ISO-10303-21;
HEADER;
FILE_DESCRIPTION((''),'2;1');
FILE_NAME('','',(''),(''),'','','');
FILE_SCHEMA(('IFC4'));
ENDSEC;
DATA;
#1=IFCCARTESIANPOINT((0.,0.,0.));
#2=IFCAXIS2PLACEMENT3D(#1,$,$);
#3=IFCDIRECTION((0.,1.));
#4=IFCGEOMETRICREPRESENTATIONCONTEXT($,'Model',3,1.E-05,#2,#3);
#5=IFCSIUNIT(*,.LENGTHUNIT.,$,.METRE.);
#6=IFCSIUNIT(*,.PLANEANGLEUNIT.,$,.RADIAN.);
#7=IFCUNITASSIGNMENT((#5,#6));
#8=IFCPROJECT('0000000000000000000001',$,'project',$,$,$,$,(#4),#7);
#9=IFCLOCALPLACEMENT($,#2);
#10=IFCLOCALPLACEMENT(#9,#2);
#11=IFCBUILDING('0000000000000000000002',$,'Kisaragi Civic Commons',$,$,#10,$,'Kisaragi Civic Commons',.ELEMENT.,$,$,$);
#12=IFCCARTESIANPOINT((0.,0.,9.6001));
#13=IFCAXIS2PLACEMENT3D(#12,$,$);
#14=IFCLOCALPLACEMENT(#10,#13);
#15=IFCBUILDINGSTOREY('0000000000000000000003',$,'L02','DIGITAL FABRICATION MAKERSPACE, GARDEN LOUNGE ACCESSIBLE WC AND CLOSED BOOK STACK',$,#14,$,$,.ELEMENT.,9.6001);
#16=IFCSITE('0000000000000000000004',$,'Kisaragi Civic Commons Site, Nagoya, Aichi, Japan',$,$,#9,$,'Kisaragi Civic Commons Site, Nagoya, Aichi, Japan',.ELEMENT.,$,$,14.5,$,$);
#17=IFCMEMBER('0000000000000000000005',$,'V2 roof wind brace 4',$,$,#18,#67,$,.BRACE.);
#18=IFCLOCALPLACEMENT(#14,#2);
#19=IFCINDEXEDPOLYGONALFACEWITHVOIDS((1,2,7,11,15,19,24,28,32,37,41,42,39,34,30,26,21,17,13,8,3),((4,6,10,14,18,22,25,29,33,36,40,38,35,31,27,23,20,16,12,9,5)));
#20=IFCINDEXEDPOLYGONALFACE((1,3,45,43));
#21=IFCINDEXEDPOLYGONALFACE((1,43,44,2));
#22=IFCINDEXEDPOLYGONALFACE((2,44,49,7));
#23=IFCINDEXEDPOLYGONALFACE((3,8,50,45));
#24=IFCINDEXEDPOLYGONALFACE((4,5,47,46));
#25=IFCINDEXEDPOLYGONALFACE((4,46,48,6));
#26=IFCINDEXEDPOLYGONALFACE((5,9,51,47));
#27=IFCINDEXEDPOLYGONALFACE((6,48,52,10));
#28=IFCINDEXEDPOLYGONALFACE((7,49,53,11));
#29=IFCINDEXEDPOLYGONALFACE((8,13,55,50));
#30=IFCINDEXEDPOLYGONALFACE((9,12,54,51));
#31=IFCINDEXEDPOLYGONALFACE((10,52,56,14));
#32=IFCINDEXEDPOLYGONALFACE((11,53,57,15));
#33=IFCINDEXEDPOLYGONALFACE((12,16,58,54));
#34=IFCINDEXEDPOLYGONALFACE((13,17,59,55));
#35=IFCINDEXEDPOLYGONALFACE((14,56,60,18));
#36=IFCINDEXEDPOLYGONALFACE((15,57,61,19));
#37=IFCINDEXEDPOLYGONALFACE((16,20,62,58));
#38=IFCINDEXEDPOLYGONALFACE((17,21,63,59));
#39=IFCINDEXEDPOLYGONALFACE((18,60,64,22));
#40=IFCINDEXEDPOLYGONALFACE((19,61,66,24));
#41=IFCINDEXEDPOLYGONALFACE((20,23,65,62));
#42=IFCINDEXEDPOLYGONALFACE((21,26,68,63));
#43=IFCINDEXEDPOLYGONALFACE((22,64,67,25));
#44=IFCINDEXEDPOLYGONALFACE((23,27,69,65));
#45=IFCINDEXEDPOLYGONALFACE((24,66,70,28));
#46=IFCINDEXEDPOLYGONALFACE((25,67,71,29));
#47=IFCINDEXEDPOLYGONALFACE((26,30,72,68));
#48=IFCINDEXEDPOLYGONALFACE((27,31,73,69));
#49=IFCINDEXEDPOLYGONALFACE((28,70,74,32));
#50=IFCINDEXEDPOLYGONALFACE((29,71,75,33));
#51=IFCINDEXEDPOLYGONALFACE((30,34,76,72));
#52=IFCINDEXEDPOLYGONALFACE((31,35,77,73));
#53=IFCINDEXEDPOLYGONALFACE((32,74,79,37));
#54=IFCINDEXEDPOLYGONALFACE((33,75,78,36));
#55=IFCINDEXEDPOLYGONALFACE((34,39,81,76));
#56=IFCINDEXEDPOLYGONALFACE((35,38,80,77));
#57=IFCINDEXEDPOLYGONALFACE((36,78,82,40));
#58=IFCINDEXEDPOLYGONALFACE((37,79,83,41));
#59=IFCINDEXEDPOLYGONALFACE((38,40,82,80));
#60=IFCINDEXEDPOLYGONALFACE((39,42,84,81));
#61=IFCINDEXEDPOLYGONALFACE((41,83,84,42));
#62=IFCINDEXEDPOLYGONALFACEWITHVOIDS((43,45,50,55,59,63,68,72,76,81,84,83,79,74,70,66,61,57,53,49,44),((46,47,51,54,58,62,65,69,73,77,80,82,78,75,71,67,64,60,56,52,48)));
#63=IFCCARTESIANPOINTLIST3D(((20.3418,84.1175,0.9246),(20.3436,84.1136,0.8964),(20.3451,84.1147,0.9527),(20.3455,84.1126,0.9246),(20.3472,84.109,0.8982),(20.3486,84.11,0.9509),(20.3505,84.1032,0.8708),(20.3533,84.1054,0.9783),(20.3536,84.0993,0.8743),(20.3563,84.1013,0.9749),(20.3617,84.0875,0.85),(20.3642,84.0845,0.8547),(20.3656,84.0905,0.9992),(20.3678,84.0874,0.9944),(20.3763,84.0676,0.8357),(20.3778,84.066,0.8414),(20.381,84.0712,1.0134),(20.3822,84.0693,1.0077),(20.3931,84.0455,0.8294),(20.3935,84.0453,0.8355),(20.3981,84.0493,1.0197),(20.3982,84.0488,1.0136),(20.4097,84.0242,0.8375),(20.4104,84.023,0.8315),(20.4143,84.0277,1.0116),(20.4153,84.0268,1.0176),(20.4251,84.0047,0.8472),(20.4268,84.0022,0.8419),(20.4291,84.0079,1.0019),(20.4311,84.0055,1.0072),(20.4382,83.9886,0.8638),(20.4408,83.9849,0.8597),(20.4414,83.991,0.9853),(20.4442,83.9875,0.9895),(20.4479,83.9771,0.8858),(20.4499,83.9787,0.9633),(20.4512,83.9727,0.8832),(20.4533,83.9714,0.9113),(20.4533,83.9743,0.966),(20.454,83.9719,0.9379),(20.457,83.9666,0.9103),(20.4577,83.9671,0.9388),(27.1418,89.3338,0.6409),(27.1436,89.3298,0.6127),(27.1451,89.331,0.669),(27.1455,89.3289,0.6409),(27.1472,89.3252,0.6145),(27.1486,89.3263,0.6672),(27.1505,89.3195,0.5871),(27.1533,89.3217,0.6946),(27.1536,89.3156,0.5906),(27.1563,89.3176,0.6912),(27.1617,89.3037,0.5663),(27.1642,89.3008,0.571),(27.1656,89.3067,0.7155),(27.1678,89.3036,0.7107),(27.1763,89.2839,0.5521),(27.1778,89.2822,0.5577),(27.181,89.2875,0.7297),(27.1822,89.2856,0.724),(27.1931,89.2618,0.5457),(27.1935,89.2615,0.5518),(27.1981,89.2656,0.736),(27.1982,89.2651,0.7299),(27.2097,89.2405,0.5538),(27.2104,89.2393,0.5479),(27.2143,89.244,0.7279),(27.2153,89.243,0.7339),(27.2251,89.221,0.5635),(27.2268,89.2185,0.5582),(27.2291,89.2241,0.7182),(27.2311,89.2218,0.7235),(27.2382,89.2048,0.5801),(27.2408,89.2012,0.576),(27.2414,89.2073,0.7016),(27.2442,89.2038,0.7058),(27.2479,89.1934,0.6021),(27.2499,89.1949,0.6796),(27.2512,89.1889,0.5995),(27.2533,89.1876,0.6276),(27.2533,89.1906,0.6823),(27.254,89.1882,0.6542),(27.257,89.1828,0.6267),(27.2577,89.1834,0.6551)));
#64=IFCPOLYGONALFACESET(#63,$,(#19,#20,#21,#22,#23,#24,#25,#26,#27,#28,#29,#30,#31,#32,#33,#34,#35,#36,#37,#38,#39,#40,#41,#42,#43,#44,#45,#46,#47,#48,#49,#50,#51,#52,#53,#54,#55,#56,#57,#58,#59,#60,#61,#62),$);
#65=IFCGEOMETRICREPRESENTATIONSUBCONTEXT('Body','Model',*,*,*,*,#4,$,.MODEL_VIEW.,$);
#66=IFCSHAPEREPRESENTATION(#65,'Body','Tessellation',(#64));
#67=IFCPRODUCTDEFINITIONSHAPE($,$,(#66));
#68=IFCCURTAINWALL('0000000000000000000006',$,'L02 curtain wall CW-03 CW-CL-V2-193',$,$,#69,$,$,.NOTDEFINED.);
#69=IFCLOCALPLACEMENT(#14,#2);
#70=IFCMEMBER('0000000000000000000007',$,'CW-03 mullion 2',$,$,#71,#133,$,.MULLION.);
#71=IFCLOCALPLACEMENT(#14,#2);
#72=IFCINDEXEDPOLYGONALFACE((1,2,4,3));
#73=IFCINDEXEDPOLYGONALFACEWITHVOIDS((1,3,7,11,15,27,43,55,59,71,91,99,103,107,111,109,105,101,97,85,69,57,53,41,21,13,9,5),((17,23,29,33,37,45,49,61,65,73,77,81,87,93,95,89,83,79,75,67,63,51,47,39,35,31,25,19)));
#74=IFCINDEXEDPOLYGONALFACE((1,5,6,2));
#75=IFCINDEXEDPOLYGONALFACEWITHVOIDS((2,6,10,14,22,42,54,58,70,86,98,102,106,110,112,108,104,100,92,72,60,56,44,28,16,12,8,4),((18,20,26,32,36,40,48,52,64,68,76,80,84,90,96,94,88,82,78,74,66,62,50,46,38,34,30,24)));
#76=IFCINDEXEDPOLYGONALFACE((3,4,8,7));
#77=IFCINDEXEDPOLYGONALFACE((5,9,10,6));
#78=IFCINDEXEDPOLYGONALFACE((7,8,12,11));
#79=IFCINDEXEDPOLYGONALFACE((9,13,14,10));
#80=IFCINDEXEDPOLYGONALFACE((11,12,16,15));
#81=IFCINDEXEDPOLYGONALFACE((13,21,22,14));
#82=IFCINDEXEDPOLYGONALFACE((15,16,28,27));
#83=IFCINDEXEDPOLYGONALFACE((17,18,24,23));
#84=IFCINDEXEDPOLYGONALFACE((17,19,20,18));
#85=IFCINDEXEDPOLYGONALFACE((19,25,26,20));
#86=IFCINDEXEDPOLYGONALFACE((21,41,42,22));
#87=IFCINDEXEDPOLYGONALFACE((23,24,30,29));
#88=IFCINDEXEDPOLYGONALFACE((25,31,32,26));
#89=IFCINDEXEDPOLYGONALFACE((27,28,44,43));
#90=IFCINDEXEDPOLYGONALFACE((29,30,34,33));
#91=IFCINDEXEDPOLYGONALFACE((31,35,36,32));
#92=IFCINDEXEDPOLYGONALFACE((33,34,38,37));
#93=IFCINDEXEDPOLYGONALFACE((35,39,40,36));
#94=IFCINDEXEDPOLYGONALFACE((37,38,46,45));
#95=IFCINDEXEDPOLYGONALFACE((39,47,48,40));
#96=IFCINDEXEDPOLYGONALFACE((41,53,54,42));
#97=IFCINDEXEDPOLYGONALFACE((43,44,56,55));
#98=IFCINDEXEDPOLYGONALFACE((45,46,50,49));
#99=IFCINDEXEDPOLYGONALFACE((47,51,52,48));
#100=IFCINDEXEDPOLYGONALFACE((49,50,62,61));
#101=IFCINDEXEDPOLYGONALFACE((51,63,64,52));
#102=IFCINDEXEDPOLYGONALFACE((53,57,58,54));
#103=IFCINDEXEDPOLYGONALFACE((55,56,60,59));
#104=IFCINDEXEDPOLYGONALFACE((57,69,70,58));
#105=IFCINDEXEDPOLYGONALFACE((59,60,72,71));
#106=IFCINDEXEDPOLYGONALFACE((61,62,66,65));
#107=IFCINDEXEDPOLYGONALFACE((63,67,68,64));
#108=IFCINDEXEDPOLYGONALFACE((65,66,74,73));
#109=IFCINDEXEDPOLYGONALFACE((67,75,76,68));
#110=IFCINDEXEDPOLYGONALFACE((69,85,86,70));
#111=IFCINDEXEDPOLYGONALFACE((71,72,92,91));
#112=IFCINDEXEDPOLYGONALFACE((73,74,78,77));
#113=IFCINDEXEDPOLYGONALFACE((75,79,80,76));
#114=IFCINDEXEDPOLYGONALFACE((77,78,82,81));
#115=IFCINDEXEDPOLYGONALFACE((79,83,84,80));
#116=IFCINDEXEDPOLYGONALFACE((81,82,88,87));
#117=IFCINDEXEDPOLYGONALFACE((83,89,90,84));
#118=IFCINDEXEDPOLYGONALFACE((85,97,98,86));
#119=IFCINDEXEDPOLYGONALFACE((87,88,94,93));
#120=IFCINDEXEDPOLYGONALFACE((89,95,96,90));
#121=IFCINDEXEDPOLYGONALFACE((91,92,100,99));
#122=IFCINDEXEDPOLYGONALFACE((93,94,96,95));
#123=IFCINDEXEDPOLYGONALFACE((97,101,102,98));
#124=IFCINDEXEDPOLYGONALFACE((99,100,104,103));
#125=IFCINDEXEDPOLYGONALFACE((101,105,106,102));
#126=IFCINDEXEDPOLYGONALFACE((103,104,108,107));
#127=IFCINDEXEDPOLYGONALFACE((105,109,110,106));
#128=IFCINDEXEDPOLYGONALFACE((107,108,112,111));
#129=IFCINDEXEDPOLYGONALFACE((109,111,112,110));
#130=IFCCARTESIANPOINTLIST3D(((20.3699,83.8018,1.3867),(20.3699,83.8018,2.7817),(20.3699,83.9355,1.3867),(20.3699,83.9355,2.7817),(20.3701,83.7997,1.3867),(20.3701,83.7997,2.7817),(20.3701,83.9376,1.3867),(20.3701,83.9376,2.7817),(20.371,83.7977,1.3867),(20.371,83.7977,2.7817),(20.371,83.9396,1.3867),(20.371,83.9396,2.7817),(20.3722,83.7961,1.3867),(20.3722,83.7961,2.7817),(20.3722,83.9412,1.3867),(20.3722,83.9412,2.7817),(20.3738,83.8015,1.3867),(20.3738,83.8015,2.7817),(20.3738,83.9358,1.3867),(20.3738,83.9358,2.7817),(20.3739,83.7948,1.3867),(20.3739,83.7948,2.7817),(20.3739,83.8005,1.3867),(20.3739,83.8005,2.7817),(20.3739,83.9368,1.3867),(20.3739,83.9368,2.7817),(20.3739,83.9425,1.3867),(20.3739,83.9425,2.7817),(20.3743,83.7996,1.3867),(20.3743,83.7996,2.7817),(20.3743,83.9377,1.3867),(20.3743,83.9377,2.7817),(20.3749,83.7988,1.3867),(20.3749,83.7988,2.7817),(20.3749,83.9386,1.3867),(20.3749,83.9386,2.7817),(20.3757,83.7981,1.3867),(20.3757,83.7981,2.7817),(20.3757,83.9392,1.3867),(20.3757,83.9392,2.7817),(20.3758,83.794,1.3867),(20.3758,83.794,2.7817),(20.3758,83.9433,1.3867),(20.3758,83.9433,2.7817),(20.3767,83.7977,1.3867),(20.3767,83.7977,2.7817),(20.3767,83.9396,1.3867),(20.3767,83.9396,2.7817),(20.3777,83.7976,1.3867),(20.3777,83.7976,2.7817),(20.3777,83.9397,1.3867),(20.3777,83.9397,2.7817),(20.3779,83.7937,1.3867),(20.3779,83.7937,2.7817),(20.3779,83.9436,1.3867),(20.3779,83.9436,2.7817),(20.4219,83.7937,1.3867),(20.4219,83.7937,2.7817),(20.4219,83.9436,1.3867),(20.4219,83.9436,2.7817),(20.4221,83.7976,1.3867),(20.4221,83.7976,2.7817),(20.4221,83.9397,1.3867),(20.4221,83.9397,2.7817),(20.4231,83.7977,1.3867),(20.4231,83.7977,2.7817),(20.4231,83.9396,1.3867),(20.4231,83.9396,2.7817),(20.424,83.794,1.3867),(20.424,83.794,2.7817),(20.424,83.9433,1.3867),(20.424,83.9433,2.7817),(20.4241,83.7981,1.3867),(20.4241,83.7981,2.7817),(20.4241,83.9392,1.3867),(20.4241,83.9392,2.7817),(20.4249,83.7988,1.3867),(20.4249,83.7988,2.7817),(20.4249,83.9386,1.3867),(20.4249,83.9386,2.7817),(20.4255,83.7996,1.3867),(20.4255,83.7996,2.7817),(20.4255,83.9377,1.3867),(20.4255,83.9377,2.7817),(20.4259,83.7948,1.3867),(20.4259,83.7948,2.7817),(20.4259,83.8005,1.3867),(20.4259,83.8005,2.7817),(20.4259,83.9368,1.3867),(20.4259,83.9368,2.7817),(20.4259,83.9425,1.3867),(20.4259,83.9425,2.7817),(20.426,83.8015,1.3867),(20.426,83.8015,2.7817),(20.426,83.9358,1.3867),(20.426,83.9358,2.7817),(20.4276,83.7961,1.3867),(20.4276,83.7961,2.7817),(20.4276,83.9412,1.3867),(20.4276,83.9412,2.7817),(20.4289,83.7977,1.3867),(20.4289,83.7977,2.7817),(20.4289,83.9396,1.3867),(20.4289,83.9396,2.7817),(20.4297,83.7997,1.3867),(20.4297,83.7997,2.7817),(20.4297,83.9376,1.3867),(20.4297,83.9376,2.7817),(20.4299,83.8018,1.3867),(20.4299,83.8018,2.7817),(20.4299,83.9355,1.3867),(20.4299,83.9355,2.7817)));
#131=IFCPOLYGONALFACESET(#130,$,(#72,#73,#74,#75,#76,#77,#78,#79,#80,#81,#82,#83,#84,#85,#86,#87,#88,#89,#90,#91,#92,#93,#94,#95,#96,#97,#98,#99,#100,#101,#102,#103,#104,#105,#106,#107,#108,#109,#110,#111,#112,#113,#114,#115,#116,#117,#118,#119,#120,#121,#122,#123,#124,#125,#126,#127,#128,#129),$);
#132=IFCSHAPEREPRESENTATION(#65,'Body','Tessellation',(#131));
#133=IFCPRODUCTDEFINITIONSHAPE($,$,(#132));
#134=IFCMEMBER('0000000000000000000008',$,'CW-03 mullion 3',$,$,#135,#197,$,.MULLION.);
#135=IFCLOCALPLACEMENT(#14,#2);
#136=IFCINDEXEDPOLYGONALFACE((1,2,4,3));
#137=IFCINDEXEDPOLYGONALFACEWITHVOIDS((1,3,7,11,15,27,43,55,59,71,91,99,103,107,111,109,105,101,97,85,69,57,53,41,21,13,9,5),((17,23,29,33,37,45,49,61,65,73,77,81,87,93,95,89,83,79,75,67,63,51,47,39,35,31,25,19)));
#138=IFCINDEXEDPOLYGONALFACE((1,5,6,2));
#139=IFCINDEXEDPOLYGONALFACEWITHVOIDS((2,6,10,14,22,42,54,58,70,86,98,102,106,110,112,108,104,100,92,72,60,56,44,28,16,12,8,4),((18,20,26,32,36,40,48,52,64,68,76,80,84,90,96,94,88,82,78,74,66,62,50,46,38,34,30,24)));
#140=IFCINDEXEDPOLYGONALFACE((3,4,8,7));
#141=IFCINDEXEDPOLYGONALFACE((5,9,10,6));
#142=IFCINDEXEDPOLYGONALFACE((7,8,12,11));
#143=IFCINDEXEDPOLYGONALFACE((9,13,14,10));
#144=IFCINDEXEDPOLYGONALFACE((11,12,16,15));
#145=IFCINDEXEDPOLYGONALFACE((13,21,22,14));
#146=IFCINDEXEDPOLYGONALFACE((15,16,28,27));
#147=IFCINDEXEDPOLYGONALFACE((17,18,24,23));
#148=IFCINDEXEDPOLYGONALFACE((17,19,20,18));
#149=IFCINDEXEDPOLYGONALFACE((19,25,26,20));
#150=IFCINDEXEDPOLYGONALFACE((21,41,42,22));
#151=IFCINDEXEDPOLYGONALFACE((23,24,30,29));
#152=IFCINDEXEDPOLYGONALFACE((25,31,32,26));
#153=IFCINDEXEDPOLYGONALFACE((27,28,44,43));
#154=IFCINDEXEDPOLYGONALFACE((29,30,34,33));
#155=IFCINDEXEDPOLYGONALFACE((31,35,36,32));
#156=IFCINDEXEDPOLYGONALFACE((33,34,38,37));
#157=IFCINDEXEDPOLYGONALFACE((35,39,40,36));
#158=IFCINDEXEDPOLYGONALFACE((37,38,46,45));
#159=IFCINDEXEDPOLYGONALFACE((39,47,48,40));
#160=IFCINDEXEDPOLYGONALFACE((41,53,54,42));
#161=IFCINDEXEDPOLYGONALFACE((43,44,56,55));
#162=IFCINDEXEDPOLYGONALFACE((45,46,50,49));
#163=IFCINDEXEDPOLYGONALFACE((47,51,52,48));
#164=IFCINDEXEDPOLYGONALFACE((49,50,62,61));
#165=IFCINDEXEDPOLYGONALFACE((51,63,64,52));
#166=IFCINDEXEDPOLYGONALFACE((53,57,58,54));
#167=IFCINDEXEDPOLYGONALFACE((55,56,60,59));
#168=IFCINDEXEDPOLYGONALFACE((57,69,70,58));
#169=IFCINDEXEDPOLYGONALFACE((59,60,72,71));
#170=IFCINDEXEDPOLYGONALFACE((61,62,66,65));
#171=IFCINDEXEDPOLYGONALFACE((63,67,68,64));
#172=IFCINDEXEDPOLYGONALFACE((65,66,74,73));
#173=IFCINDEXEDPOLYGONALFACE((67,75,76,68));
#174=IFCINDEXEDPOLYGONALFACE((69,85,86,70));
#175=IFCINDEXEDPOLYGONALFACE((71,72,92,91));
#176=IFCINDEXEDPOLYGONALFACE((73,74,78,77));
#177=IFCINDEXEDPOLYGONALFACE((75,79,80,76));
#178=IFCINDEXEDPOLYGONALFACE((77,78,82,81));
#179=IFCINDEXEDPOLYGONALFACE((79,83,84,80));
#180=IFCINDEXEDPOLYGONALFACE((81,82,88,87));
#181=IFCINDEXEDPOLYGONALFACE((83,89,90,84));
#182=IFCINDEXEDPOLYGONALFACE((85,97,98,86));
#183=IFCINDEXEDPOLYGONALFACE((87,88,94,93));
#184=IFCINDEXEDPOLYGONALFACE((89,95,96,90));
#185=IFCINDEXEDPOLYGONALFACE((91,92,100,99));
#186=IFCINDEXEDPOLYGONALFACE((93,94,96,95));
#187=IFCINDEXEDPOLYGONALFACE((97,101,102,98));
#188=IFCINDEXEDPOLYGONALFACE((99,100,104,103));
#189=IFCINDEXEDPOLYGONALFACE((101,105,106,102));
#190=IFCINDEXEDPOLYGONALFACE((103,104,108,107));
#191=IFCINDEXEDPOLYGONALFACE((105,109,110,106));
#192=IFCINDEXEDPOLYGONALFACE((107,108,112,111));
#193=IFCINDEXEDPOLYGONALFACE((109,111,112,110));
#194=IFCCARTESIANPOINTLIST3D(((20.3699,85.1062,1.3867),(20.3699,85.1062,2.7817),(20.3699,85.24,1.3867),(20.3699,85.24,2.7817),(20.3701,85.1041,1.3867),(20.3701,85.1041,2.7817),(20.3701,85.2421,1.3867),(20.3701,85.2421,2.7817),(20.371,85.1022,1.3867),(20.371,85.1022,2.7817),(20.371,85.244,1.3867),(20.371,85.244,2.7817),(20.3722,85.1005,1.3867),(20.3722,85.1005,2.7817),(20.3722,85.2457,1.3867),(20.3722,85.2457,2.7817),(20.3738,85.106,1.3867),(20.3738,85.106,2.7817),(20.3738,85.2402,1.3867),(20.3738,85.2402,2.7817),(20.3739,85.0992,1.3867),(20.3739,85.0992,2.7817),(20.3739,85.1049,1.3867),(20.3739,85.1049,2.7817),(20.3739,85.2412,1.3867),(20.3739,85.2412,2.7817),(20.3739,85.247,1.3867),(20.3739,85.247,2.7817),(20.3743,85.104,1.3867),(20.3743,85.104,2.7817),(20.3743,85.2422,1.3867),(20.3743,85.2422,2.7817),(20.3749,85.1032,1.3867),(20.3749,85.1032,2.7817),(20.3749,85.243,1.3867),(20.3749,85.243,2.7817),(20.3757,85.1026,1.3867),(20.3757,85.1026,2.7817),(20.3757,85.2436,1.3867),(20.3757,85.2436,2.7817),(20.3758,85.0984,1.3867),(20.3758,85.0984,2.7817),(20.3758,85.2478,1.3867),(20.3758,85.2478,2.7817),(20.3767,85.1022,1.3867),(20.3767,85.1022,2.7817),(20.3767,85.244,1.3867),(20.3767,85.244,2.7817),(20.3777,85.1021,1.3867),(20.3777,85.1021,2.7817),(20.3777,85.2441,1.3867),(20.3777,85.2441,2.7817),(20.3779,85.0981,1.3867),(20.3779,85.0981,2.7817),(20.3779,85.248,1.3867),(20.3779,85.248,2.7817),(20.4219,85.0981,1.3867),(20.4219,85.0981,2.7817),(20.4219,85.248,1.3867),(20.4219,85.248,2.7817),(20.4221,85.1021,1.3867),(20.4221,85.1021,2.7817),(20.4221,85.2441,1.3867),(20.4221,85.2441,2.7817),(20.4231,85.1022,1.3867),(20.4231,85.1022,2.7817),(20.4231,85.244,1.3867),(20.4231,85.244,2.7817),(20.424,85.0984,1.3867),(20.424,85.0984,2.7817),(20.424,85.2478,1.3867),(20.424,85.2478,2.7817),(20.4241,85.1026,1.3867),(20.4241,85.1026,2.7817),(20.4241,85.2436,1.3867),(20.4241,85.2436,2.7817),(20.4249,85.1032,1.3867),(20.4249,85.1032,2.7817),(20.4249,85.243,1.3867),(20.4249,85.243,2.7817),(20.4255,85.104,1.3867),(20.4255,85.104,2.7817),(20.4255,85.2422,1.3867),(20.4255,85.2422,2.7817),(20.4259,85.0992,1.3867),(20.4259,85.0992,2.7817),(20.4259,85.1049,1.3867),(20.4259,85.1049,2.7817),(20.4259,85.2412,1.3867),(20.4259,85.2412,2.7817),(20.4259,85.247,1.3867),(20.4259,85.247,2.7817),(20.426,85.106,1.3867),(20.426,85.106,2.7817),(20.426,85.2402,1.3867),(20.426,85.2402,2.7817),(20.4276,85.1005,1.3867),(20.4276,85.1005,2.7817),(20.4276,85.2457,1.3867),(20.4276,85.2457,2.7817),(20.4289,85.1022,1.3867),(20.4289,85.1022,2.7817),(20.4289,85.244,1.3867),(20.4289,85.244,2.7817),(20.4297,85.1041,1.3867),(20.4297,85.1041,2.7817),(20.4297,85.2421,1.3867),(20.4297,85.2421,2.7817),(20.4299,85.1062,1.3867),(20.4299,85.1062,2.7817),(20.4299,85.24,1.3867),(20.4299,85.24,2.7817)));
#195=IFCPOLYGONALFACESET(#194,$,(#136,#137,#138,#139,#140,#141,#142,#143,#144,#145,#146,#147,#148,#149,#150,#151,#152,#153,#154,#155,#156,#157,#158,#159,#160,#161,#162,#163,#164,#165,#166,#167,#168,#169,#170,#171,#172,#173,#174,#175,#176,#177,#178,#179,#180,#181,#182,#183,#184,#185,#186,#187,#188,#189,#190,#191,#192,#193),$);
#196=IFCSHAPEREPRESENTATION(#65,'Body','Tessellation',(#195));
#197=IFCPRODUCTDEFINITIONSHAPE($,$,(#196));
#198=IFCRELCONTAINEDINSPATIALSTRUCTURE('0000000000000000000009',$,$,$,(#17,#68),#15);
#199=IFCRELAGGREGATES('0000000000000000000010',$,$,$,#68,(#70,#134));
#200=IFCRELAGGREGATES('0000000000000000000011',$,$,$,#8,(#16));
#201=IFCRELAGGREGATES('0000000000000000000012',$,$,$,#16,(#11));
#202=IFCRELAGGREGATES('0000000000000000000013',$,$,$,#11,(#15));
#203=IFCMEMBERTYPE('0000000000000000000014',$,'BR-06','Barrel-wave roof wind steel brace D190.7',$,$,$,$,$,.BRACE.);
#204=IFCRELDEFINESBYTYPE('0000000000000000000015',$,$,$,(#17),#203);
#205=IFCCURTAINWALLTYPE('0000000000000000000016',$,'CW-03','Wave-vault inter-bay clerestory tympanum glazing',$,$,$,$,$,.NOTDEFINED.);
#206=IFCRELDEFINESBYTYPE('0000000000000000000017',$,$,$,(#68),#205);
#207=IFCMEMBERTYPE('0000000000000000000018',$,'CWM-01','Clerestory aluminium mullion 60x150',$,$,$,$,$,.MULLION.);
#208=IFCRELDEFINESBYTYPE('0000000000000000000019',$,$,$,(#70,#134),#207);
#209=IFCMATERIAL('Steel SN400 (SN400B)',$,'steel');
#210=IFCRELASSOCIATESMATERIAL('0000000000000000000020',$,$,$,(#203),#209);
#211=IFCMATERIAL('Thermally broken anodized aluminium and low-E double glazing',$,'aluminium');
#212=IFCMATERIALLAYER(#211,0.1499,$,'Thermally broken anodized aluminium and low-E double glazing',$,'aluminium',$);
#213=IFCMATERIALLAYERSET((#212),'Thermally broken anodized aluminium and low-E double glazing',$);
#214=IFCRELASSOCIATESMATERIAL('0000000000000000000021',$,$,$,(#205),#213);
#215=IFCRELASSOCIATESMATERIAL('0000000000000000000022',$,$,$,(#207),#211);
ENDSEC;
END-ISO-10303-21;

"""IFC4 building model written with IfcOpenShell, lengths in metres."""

from ifc_helpers import new_model, si_unit, direction, frame, origin, origin_2d, place, context, subcontext, project, spatial, hollow_rectangle, hollow_circle, extrude, material, layer, layer_set, material_profile, profile_set, type_object, element, aggregate, save


model = new_model("IFC4")

# Units and contexts
model_context = context("Model", 3, precision=1e-05, world=origin(), true_north=direction((0.0, 1.0)))
body_context = subcontext(model_context, "Body", "Model", "MODEL_VIEW")
ifc_project = project(units=[si_unit("LENGTHUNIT", "METRE"), si_unit("PLANEANGLEUNIT", "RADIAN")], contexts=[model_context])

# Site, building, storey
site_placement = place(None, origin())
site = spatial("IfcSite", under=ifc_project, at=site_placement, Name="Kisaragi Civic Commons Site, Nagoya, Aichi, Japan", LongName="Kisaragi Civic Commons Site, Nagoya, Aichi, Japan", CompositionType="ELEMENT", RefElevation=14.5)
building_placement = place(site_placement, origin())
building = spatial("IfcBuilding", under=site, at=building_placement, Name="Kisaragi Civic Commons", LongName="Kisaragi Civic Commons", CompositionType="ELEMENT")
storey_placement = place(building_placement, frame((0.0, 0.0, 9.6001)))
storey = spatial("IfcBuildingStorey", under=building, at=storey_placement, Name="L02", Description="DIGITAL FABRICATION MAKERSPACE, GARDEN LOUNGE ACCESSIBLE WC AND CLOSED BOOK STACK", CompositionType="ELEMENT", Elevation=9.6001)

# Member
ifc_material_1 = material(Name="Steel SN400 (SN400B)", Category="steel")
ifc_material_profile_1 = material_profile(ifc_material_1, hollow_circle(Radius=0.0955, WallThickness=0.0061, at=origin_2d()), Name="CHS-190.7x6.0", Category="steel")
ifc_profile_set_1 = profile_set([ifc_material_profile_1], Name="Steel SN400 (SN400B)")
member_type_1 = type_object("IfcMemberType", Name="BR-06", Description="Barrel-wave roof wind steel brace D190.7", PredefinedType="BRACE", material=ifc_profile_set_1)
member_1_placement = place(storey_placement, frame((20.3999, 84.0417, 0.9246), z_axis=(0.793006, 0.608314, -0.033083), x_axis=(-0.608647, 0.793441, 0.0)))
element("IfcMember", 1, at=member_1_placement, inside=storey, type_object=member_type_1, Name="V2 roof wind brace 4", PredefinedType="BRACE", context=body_context, shape_type="SweptSolid", body=[
    extrude(hollow_circle(Radius=0.0955, WallThickness=0.0061, at=origin_2d()), origin(), (0.0, 0.0, 1.0), 8.575),
])

# Curtain wall, members
ifc_material_2 = material(Name="Thermally broken anodized aluminium and low-E double glazing", Category="aluminium")
ifc_layer_1 = layer(ifc_material_2, 0.1499, Name="Thermally broken anodized aluminium and low-E double glazing", Category="aluminium")
ifc_layer_set_1 = layer_set([ifc_layer_1], Name="Thermally broken anodized aluminium and low-E double glazing")
curtain_wall_type = type_object("IfcCurtainWallType", Name="CW-03", Description="Wave-vault inter-bay clerestory tympanum glazing", PredefinedType="NOTDEFINED", material=ifc_layer_set_1)
curtain_wall_1_placement = place(storey_placement, origin())
curtain_wall_1 = element("IfcCurtainWall", 2, at=curtain_wall_1_placement, inside=storey, type_object=curtain_wall_type, Name="L02 curtain wall CW-03 CW-CL-V2-193", PredefinedType="NOTDEFINED")
ifc_material_profile_2 = material_profile(ifc_material_2, hollow_rectangle(XDim=0.0601, YDim=0.1499, WallThickness=0.0039, InnerFilletRadius=0.0039, OuterFilletRadius=0.0081, at=origin_2d()), Name="CWM-60x150x4", Category="aluminium")
ifc_profile_set_2 = profile_set([ifc_material_profile_2], Name="Thermally broken anodized aluminium and low-E double glazing")
member_type_2 = type_object("IfcMemberType", Name="CWM-01", Description="Clerestory aluminium mullion 60x150", PredefinedType="MULLION", material=ifc_profile_set_2)
member_2_placement = place(storey_placement, frame((20.3999, 83.8687, 1.3867), z_axis=(0.0, 0.0, 1.0), x_axis=(-1.0, 0.0, 0.0)))
member_2 = element("IfcMember", 3, at=member_2_placement, type_object=member_type_2, Name="CW-03 mullion 2", PredefinedType="MULLION", context=body_context, shape_type="SweptSolid", body=[
    extrude(hollow_rectangle(XDim=0.0601, YDim=0.1499, WallThickness=0.0039, InnerFilletRadius=0.0039, OuterFilletRadius=0.0081, at=origin_2d()), origin(), (0.0, 0.0, 1.0), 1.395),
])
member_3_placement = place(storey_placement, frame((20.3999, 85.1731, 1.3867), z_axis=(0.0, 0.0, 1.0), x_axis=(-1.0, 0.0, 0.0)))
member_3 = element("IfcMember", 4, at=member_3_placement, type_object=member_type_2, Name="CW-03 mullion 3", PredefinedType="MULLION", context=body_context, shape_type="SweptSolid", body=[
    extrude(hollow_rectangle(XDim=0.0601, YDim=0.1499, WallThickness=0.0039, InnerFilletRadius=0.0039, OuterFilletRadius=0.0081, at=origin_2d()), origin(), (0.0, 0.0, 1.0), 1.395),
])

aggregate(curtain_wall_1, [member_2, member_3])

save(model, "model.ifc")
